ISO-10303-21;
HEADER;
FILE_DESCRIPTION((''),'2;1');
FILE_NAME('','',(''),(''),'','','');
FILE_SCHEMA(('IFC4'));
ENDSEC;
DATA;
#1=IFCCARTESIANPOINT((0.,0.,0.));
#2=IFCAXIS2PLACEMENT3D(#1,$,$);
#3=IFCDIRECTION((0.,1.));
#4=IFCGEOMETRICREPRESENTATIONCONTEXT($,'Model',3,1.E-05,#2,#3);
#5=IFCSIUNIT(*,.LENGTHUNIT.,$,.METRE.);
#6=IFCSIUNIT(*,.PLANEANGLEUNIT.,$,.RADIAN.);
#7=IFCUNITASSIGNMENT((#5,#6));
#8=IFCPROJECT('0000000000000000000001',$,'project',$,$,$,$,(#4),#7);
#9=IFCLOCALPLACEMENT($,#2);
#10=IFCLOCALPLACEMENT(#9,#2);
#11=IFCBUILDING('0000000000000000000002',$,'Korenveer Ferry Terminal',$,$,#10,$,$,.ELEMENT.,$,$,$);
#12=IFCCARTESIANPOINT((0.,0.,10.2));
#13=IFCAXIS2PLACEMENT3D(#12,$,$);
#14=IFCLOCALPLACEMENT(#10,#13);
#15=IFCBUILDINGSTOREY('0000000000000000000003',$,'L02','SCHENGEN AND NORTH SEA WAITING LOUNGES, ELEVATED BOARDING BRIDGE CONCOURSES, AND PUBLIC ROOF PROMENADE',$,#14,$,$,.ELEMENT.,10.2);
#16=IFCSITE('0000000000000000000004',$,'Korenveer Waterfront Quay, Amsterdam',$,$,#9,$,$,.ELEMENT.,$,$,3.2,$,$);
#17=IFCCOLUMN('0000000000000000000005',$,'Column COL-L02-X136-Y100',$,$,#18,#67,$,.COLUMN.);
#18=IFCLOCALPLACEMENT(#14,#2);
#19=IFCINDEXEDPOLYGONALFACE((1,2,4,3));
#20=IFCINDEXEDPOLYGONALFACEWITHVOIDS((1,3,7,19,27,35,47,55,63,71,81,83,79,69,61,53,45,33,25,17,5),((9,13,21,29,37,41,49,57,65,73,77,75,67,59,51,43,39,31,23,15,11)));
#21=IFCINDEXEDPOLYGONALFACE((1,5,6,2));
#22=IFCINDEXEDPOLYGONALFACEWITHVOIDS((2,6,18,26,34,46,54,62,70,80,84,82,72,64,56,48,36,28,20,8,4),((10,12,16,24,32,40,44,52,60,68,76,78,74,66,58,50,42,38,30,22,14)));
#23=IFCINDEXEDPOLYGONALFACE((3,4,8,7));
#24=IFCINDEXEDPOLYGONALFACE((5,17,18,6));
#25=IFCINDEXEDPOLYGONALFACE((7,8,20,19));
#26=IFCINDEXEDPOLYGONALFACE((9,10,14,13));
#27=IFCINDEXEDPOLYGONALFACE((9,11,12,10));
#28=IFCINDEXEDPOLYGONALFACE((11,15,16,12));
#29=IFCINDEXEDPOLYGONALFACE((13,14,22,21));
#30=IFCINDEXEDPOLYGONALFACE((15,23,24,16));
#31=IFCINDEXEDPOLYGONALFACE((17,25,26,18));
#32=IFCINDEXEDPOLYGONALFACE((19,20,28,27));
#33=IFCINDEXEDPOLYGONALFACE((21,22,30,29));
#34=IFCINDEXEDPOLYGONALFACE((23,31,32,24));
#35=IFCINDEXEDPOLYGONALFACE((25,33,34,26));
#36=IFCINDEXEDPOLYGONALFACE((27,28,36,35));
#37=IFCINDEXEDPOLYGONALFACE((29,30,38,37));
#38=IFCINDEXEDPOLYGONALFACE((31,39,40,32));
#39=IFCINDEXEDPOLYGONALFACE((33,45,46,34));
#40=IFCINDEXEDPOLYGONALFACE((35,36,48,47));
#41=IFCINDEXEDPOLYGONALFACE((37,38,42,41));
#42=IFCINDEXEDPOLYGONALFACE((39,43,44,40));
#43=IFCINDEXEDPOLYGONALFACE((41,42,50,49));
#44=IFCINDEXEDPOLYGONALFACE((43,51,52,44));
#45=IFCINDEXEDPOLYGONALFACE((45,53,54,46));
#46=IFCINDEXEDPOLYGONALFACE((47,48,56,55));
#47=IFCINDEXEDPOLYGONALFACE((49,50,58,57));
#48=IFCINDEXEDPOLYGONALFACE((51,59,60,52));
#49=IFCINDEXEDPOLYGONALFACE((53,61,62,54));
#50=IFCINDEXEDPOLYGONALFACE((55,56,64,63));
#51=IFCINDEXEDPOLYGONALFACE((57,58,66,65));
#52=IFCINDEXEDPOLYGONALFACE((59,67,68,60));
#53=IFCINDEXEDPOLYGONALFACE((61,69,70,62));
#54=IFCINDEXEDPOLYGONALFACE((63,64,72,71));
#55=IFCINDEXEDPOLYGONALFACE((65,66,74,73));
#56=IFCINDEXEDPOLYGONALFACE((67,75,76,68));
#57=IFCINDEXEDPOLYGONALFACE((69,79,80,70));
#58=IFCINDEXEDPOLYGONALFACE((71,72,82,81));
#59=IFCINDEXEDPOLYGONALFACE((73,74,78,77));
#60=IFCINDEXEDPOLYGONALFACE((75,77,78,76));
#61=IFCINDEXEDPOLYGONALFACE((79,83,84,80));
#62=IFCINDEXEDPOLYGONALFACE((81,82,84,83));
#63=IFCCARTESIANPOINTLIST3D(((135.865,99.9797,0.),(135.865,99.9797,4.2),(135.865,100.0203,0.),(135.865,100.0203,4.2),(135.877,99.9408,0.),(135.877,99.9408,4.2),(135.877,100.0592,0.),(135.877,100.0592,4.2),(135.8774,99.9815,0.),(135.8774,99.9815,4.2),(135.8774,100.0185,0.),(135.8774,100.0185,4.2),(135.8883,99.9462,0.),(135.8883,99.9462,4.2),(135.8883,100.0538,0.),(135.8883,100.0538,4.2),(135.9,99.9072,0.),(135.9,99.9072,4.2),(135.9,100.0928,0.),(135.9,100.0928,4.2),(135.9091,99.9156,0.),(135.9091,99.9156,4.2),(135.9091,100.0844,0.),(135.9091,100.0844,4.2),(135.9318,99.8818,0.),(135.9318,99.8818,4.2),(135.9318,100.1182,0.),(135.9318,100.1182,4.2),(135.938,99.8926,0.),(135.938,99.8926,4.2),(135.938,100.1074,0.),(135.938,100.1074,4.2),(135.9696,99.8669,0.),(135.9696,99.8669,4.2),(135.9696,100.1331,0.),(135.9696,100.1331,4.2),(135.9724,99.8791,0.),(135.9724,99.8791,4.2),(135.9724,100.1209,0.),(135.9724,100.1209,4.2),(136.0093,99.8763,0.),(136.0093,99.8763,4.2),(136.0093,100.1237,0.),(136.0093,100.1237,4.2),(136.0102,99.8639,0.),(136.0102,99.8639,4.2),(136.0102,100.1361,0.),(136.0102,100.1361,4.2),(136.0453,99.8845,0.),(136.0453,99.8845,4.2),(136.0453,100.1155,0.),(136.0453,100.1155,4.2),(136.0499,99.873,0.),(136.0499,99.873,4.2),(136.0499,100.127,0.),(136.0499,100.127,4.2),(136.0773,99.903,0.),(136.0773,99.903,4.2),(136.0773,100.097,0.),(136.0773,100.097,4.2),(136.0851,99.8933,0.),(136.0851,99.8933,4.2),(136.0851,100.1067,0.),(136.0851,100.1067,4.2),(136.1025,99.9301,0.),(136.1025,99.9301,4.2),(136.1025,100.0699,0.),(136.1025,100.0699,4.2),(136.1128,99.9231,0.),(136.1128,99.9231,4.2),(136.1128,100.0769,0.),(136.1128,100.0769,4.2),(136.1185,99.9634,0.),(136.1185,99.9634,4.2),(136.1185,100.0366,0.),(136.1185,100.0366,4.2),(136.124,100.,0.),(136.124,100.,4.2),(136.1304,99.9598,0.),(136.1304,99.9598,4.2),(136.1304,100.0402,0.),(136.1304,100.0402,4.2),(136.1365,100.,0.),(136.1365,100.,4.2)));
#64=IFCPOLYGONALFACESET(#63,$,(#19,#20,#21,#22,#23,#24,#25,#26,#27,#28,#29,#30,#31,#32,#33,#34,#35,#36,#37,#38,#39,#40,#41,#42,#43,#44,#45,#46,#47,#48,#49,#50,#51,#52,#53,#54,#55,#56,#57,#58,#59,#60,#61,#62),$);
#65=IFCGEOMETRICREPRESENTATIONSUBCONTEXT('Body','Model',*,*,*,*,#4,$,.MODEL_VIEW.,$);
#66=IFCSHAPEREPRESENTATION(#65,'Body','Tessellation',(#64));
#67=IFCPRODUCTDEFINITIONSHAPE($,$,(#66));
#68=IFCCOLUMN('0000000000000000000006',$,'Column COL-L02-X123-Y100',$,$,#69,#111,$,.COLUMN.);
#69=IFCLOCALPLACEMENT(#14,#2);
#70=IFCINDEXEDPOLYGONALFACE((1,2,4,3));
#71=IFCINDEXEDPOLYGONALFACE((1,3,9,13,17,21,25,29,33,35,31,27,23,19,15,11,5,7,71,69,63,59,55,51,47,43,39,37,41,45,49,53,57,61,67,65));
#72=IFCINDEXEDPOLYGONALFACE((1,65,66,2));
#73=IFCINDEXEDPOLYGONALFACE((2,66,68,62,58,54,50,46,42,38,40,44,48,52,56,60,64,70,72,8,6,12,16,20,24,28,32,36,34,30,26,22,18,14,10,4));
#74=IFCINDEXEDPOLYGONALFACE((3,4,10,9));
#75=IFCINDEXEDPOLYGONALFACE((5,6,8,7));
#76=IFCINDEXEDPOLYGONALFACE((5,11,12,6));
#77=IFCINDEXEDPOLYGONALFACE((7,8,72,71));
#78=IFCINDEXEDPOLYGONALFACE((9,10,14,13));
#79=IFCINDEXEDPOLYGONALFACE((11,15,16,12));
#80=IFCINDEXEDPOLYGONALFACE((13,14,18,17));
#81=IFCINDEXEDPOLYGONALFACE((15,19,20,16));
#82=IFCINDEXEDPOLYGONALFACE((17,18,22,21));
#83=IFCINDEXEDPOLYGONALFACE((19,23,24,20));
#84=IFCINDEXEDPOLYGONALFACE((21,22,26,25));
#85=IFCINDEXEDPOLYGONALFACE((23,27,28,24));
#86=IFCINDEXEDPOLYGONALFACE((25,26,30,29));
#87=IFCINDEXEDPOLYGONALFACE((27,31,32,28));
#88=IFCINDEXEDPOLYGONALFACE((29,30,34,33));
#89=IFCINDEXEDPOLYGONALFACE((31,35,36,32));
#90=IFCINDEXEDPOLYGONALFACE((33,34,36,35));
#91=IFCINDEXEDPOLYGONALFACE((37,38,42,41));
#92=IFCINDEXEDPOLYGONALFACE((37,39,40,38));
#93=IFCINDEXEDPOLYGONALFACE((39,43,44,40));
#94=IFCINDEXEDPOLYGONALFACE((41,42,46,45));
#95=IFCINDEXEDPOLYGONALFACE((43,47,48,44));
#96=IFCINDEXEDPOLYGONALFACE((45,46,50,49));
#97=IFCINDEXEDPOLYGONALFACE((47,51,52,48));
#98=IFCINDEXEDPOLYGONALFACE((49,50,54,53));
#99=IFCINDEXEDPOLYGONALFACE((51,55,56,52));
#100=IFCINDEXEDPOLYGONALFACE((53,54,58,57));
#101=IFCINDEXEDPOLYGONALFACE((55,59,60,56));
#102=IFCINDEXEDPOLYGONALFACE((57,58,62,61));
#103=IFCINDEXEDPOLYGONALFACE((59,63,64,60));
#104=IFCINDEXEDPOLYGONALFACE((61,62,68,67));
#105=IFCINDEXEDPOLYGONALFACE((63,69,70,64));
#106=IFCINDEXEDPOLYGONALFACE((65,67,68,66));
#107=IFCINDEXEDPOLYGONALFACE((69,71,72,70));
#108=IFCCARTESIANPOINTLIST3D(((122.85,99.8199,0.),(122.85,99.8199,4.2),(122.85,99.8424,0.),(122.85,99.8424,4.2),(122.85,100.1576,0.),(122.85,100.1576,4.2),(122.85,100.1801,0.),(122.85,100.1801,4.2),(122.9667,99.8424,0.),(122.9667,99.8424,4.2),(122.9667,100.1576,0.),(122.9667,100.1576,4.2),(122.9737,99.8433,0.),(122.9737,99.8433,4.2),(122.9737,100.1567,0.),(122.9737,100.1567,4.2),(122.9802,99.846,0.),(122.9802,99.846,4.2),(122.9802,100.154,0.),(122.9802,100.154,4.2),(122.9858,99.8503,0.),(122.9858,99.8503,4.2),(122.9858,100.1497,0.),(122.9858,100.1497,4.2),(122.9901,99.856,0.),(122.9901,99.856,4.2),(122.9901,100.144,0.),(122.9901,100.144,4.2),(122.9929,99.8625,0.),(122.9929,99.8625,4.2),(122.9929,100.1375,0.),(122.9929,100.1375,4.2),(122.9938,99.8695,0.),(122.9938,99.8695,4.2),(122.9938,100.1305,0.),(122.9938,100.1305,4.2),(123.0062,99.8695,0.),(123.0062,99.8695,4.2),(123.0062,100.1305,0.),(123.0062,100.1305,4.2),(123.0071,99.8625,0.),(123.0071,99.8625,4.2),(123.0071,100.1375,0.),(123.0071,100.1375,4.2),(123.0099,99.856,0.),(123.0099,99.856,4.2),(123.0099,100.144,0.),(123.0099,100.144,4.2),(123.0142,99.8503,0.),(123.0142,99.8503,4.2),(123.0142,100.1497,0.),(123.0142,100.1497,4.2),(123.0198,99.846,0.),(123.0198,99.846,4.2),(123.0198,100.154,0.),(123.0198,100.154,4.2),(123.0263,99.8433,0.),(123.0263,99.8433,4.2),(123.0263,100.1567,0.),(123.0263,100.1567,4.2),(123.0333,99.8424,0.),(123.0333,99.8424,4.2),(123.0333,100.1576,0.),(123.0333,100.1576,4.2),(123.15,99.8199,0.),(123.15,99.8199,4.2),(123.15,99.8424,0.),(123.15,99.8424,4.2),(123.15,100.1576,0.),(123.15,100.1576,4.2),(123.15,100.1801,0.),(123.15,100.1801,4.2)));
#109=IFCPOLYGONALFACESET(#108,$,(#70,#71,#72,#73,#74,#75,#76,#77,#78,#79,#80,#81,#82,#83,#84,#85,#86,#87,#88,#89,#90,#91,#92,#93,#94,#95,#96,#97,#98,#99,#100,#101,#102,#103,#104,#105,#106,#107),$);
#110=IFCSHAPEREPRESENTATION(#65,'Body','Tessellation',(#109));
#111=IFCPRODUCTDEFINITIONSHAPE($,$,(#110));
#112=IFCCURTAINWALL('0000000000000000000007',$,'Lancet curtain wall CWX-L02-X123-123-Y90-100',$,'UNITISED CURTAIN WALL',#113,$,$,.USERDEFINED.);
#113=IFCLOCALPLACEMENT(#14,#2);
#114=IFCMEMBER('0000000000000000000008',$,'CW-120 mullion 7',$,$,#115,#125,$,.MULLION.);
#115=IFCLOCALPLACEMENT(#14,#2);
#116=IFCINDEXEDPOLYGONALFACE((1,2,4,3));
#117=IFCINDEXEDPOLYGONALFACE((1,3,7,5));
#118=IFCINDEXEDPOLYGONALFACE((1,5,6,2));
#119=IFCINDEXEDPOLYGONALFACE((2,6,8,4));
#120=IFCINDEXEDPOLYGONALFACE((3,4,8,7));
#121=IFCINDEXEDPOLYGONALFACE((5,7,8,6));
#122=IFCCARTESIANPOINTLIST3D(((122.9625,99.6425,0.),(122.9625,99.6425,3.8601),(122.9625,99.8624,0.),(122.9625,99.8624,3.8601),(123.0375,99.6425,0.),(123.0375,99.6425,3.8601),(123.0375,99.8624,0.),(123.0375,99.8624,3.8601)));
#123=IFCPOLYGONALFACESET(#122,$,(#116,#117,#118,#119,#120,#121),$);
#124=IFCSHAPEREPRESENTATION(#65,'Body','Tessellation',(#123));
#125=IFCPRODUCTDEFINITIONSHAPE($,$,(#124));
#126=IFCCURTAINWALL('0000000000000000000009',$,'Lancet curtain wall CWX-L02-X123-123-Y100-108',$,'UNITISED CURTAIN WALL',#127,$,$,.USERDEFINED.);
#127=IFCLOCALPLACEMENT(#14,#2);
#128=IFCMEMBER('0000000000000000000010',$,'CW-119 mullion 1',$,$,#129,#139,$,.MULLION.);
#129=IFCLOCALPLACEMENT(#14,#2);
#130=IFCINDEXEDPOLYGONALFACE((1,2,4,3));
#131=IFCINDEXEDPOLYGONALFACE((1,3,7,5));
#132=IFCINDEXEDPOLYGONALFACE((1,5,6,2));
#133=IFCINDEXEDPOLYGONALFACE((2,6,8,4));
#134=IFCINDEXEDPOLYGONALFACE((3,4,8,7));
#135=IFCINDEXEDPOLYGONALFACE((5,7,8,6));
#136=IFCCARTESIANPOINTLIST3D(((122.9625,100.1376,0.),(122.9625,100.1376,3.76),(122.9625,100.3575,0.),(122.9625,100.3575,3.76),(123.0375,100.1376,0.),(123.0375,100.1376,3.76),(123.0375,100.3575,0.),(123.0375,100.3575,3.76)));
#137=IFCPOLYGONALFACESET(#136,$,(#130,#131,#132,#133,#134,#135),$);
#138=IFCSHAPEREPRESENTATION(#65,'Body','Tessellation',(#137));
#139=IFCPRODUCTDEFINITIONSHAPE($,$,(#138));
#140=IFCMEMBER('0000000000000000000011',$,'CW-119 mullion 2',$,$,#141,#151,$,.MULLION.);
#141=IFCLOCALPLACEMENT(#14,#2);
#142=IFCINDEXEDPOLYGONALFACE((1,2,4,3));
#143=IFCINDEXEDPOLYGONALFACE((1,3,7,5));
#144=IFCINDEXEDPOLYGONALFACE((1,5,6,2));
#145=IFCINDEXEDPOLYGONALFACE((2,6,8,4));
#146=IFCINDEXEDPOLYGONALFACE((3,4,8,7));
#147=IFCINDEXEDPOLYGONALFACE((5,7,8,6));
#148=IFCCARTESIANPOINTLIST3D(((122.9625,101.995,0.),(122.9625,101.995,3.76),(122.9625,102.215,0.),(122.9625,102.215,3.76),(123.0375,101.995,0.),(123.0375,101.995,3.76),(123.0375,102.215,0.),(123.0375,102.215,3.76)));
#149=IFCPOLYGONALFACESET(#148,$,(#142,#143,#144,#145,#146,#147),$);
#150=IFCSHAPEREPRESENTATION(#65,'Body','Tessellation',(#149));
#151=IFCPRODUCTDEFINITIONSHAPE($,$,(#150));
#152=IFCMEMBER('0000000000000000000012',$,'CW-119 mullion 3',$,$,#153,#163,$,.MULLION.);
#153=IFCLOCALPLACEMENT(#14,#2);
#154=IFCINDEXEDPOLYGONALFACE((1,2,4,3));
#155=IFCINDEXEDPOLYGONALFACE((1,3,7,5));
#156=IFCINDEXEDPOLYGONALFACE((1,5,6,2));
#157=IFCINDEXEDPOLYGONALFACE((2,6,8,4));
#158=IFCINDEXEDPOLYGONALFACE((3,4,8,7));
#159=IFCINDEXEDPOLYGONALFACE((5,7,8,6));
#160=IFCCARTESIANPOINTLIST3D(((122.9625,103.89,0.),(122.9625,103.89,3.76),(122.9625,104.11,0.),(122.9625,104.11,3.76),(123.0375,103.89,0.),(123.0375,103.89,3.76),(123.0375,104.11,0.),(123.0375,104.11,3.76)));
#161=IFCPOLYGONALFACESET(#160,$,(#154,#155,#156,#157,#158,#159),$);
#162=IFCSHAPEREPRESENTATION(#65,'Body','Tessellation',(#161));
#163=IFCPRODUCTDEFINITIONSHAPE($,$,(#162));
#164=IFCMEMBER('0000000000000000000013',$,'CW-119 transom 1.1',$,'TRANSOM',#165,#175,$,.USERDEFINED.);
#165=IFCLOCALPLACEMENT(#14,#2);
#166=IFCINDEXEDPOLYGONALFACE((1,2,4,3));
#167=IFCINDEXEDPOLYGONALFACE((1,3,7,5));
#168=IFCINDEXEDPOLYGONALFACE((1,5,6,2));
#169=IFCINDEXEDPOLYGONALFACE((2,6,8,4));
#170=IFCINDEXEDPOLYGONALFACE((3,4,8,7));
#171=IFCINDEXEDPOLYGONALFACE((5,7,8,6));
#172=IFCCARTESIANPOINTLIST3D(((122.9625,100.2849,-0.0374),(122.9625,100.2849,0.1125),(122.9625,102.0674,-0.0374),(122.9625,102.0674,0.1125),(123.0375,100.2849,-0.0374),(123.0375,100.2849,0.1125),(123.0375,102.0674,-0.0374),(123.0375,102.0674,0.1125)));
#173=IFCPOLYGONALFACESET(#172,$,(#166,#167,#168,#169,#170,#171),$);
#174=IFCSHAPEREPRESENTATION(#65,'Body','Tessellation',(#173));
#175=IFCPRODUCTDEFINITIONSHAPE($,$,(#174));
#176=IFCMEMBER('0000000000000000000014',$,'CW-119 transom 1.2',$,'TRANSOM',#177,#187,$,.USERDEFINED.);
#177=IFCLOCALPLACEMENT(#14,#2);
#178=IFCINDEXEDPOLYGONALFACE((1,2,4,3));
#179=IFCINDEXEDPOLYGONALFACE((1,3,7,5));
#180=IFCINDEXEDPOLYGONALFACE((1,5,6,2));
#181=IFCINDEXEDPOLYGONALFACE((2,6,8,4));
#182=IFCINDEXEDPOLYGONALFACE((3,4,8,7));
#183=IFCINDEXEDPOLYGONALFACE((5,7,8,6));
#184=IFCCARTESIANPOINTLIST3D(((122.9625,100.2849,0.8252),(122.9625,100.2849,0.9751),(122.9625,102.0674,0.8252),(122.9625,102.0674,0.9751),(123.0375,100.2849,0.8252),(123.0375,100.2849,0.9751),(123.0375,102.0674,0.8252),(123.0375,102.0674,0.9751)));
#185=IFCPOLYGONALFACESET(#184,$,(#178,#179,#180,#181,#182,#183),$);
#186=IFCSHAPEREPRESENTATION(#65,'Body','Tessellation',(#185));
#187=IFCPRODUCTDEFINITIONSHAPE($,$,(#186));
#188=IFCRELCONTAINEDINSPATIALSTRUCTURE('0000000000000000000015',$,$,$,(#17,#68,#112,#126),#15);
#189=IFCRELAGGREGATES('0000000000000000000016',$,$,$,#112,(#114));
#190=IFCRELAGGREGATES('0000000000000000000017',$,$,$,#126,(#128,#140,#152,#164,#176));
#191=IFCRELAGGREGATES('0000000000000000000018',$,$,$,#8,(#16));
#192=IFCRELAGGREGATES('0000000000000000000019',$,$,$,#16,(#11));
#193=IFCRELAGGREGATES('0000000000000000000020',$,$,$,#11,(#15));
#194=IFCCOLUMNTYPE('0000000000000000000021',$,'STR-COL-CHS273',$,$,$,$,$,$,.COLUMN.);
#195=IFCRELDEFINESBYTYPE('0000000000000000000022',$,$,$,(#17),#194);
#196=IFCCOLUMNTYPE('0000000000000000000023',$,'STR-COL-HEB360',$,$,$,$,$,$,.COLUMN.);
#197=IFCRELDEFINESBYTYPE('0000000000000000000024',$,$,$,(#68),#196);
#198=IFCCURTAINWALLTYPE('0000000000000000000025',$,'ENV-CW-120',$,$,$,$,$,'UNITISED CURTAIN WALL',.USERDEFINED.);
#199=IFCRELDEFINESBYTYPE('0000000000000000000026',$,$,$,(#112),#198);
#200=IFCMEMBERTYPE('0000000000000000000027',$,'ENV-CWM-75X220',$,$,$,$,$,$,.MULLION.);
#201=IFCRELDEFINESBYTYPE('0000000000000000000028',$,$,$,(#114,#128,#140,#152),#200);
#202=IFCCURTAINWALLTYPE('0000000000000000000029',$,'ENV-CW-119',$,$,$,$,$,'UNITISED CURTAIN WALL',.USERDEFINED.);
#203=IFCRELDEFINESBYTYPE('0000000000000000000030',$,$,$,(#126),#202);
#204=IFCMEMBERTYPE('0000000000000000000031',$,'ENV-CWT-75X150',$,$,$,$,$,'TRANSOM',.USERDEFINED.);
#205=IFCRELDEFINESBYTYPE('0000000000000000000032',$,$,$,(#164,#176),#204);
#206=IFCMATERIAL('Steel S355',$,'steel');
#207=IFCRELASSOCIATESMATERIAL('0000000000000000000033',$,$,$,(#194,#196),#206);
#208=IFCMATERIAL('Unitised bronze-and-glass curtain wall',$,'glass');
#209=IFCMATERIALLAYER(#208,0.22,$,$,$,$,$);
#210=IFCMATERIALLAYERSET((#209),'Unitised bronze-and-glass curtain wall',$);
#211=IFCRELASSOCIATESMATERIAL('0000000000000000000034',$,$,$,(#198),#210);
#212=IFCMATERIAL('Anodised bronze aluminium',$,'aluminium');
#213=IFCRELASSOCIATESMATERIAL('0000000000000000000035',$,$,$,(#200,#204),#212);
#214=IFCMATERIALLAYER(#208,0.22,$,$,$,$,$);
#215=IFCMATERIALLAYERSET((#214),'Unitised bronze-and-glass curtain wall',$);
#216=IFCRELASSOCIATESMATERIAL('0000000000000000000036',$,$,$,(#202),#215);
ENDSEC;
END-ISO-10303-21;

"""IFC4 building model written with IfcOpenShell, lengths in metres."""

from ifc_helpers import new_model, si_unit, direction, frame, origin, origin_2d, place, context, subcontext, project, spatial, rectangle, hollow_circle, i_section, extrude, material, layer, layer_set, material_profile, profile_set, type_object, element, aggregate, save


model = new_model("IFC4")

# Units and contexts
model_context = context("Model", 3, precision=1e-05, world=origin(), true_north=direction((0.0, 1.0)))
body_context = subcontext(model_context, "Body", "Model", "MODEL_VIEW")
ifc_project = project(units=[si_unit("LENGTHUNIT", "METRE"), si_unit("PLANEANGLEUNIT", "RADIAN")], contexts=[model_context])

# Site, building, storey
site_placement = place(None, origin())
site = spatial("IfcSite", under=ifc_project, at=site_placement, Name="Korenveer Waterfront Quay, Amsterdam", CompositionType="ELEMENT", RefElevation=3.2)
building_placement = place(site_placement, origin())
building = spatial("IfcBuilding", under=site, at=building_placement, Name="Korenveer Ferry Terminal", CompositionType="ELEMENT")
storey_placement = place(building_placement, frame((0.0, 0.0, 10.2)))
storey = spatial("IfcBuildingStorey", under=building, at=storey_placement, Name="L02", Description="SCHENGEN AND NORTH SEA WAITING LOUNGES, ELEVATED BOARDING BRIDGE CONCOURSES, AND PUBLIC ROOF PROMENADE", CompositionType="ELEMENT", Elevation=10.2)

# Columns
ifc_material_1 = material(Name="Steel S355", Category="steel")
ifc_material_profile_1 = material_profile(ifc_material_1, hollow_circle(Radius=0.1365, WallThickness=0.0125, at=origin_2d()), Name="CHS 273x12.5")
ifc_profile_set_1 = profile_set([ifc_material_profile_1], Name="Steel S355")
column_type_1 = type_object("IfcColumnType", Name="STR-COL-CHS273", PredefinedType="COLUMN", material=ifc_profile_set_1)
column_1_placement = place(storey_placement, frame((136.0, 100.0, 0.0), z_axis=(0.0, 0.0, 1.0), x_axis=(1.0, 0.0, 0.0)))
element("IfcColumn", 1, at=column_1_placement, inside=storey, type_object=column_type_1, Name="Column COL-L02-X136-Y100", PredefinedType="COLUMN", context=body_context, shape_type="SweptSolid", body=[
    extrude(hollow_circle(Radius=0.1365, WallThickness=0.0125, at=origin_2d()), origin(), (0.0, 0.0, 1.0), 4.2),
])
ifc_material_profile_2 = material_profile(ifc_material_1, i_section(OverallWidth=0.3, OverallDepth=0.3601, WebThickness=0.0125, FlangeThickness=0.0225, FilletRadius=0.0271, at=origin_2d()), Name="HEB 360")
ifc_profile_set_2 = profile_set([ifc_material_profile_2], Name="Steel S355")
column_type_2 = type_object("IfcColumnType", Name="STR-COL-HEB360", PredefinedType="COLUMN", material=ifc_profile_set_2)
column_2_placement = place(storey_placement, frame((123.0, 100.0, 0.0), z_axis=(0.0, 0.0, 1.0), x_axis=(1.0, 0.0, 0.0)))
element("IfcColumn", 2, at=column_2_placement, inside=storey, type_object=column_type_2, Name="Column COL-L02-X123-Y100", PredefinedType="COLUMN", context=body_context, shape_type="SweptSolid", body=[
    extrude(i_section(OverallWidth=0.3, OverallDepth=0.3601, WebThickness=0.0125, FlangeThickness=0.0225, FilletRadius=0.0271, at=origin_2d()), origin(), (0.0, 0.0, 1.0), 4.2),
])

# Curtain wall, member
ifc_material_2 = material(Name="Unitised bronze-and-glass curtain wall", Category="glass")
ifc_layer_1 = layer(ifc_material_2, 0.22)
ifc_layer_set_1 = layer_set([ifc_layer_1], Name="Unitised bronze-and-glass curtain wall")
curtain_wall_type_1 = type_object("IfcCurtainWallType", Name="ENV-CW-120", ElementType="UNITISED CURTAIN WALL", PredefinedType="USERDEFINED", material=ifc_layer_set_1)
curtain_wall_1_placement = place(storey_placement, frame((123.0, 90.21, 0.0)))
curtain_wall_1 = element("IfcCurtainWall", 3, at=curtain_wall_1_placement, inside=storey, type_object=curtain_wall_type_1, Name="Lancet curtain wall CWX-L02-X123-123-Y90-100", ObjectType="UNITISED CURTAIN WALL", PredefinedType="USERDEFINED")
ifc_material_3 = material(Name="Anodised bronze aluminium", Category="aluminium")
ifc_material_profile_3 = material_profile(ifc_material_3, rectangle(XDim=0.075, YDim=0.22, at=origin_2d()), Name="ALU 75x220")
ifc_profile_set_3 = profile_set([ifc_material_profile_3], Name="Anodised bronze aluminium")
member_type_1 = type_object("IfcMemberType", Name="ENV-CWM-75X220", PredefinedType="MULLION", material=ifc_profile_set_3)
member_1_placement = place(storey_placement, frame((123.0, 99.7524, 0.0), z_axis=(0.0, 0.0, 1.0), x_axis=(-1.0, 0.0, 0.0)))
member_1 = element("IfcMember", 4, at=member_1_placement, type_object=member_type_1, Name="CW-120 mullion 7", PredefinedType="MULLION", context=body_context, shape_type="SweptSolid", body=[
    extrude(rectangle(XDim=0.075, YDim=0.22, at=origin_2d()), origin(), (0.0, 0.0, 1.0), 3.8601),
])

# Curtain wall, members
ifc_layer_2 = layer(ifc_material_2, 0.22)
ifc_layer_set_2 = layer_set([ifc_layer_2], Name="Unitised bronze-and-glass curtain wall")
curtain_wall_type_2 = type_object("IfcCurtainWallType", Name="ENV-CW-119", ElementType="UNITISED CURTAIN WALL", PredefinedType="USERDEFINED", material=ifc_layer_set_2)
curtain_wall_2_placement = place(storey_placement, frame((123.0, 100.21, 0.0)))
curtain_wall_2 = element("IfcCurtainWall", 5, at=curtain_wall_2_placement, inside=storey, type_object=curtain_wall_type_2, Name="Lancet curtain wall CWX-L02-X123-123-Y100-108", ObjectType="UNITISED CURTAIN WALL", PredefinedType="USERDEFINED")
member_2_placement = place(storey_placement, frame((123.0, 100.2476, 0.0), z_axis=(0.0, 0.0, 1.0), x_axis=(-1.0, 0.0, 0.0)))
member_2 = element("IfcMember", 6, at=member_2_placement, type_object=member_type_1, Name="CW-119 mullion 1", PredefinedType="MULLION", context=body_context, shape_type="SweptSolid", body=[
    extrude(rectangle(XDim=0.075, YDim=0.22, at=origin_2d()), origin(), (0.0, 0.0, 1.0), 3.76),
])
member_3_placement = place(storey_placement, frame((123.0, 102.105, 0.0), z_axis=(0.0, 0.0, 1.0), x_axis=(-1.0, 0.0, 0.0)))
member_3 = element("IfcMember", 7, at=member_3_placement, type_object=member_type_1, Name="CW-119 mullion 2", PredefinedType="MULLION", context=body_context, shape_type="SweptSolid", body=[
    extrude(rectangle(XDim=0.075, YDim=0.22, at=origin_2d()), origin(), (0.0, 0.0, 1.0), 3.76),
])
member_4_placement = place(storey_placement, frame((123.0, 104.0, 0.0), z_axis=(0.0, 0.0, 1.0), x_axis=(-1.0, 0.0, 0.0)))
member_4 = element("IfcMember", 8, at=member_4_placement, type_object=member_type_1, Name="CW-119 mullion 3", PredefinedType="MULLION", context=body_context, shape_type="SweptSolid", body=[
    extrude(rectangle(XDim=0.075, YDim=0.22, at=origin_2d()), origin(), (0.0, 0.0, 1.0), 3.76),
])
ifc_material_profile_4 = material_profile(ifc_material_3, rectangle(XDim=0.075, YDim=0.1499, at=origin_2d()), Name="ALU 75x150")
ifc_profile_set_4 = profile_set([ifc_material_profile_4], Name="Anodised bronze aluminium")
member_type_2 = type_object("IfcMemberType", Name="ENV-CWT-75X150", ElementType="TRANSOM", PredefinedType="USERDEFINED", material=ifc_profile_set_4)
member_5_placement = place(storey_placement, frame((123.0, 100.2849, 0.0376), z_axis=(0.0, 1.0, 0.0), x_axis=(-1.0, 0.0, 0.0)))
member_5 = element("IfcMember", 9, at=member_5_placement, type_object=member_type_2, Name="CW-119 transom 1.1", ObjectType="TRANSOM", PredefinedType="USERDEFINED", context=body_context, shape_type="SweptSolid", body=[
    extrude(rectangle(XDim=0.075, YDim=0.1499, at=origin_2d()), origin(), (0.0, 0.0, 1.0), 1.7825),
])
member_6_placement = place(storey_placement, frame((123.0, 100.2849, 0.9001), z_axis=(0.0, 1.0, 0.0), x_axis=(-1.0, 0.0, 0.0)))
member_6 = element("IfcMember", 10, at=member_6_placement, type_object=member_type_2, Name="CW-119 transom 1.2", ObjectType="TRANSOM", PredefinedType="USERDEFINED", context=body_context, shape_type="SweptSolid", body=[
    extrude(rectangle(XDim=0.075, YDim=0.1499, at=origin_2d()), origin(), (0.0, 0.0, 1.0), 1.7825),
])

aggregate(curtain_wall_1, [member_1])
aggregate(curtain_wall_2, [member_2, member_3, member_4, member_5, member_6])

save(model, "model.ifc")
